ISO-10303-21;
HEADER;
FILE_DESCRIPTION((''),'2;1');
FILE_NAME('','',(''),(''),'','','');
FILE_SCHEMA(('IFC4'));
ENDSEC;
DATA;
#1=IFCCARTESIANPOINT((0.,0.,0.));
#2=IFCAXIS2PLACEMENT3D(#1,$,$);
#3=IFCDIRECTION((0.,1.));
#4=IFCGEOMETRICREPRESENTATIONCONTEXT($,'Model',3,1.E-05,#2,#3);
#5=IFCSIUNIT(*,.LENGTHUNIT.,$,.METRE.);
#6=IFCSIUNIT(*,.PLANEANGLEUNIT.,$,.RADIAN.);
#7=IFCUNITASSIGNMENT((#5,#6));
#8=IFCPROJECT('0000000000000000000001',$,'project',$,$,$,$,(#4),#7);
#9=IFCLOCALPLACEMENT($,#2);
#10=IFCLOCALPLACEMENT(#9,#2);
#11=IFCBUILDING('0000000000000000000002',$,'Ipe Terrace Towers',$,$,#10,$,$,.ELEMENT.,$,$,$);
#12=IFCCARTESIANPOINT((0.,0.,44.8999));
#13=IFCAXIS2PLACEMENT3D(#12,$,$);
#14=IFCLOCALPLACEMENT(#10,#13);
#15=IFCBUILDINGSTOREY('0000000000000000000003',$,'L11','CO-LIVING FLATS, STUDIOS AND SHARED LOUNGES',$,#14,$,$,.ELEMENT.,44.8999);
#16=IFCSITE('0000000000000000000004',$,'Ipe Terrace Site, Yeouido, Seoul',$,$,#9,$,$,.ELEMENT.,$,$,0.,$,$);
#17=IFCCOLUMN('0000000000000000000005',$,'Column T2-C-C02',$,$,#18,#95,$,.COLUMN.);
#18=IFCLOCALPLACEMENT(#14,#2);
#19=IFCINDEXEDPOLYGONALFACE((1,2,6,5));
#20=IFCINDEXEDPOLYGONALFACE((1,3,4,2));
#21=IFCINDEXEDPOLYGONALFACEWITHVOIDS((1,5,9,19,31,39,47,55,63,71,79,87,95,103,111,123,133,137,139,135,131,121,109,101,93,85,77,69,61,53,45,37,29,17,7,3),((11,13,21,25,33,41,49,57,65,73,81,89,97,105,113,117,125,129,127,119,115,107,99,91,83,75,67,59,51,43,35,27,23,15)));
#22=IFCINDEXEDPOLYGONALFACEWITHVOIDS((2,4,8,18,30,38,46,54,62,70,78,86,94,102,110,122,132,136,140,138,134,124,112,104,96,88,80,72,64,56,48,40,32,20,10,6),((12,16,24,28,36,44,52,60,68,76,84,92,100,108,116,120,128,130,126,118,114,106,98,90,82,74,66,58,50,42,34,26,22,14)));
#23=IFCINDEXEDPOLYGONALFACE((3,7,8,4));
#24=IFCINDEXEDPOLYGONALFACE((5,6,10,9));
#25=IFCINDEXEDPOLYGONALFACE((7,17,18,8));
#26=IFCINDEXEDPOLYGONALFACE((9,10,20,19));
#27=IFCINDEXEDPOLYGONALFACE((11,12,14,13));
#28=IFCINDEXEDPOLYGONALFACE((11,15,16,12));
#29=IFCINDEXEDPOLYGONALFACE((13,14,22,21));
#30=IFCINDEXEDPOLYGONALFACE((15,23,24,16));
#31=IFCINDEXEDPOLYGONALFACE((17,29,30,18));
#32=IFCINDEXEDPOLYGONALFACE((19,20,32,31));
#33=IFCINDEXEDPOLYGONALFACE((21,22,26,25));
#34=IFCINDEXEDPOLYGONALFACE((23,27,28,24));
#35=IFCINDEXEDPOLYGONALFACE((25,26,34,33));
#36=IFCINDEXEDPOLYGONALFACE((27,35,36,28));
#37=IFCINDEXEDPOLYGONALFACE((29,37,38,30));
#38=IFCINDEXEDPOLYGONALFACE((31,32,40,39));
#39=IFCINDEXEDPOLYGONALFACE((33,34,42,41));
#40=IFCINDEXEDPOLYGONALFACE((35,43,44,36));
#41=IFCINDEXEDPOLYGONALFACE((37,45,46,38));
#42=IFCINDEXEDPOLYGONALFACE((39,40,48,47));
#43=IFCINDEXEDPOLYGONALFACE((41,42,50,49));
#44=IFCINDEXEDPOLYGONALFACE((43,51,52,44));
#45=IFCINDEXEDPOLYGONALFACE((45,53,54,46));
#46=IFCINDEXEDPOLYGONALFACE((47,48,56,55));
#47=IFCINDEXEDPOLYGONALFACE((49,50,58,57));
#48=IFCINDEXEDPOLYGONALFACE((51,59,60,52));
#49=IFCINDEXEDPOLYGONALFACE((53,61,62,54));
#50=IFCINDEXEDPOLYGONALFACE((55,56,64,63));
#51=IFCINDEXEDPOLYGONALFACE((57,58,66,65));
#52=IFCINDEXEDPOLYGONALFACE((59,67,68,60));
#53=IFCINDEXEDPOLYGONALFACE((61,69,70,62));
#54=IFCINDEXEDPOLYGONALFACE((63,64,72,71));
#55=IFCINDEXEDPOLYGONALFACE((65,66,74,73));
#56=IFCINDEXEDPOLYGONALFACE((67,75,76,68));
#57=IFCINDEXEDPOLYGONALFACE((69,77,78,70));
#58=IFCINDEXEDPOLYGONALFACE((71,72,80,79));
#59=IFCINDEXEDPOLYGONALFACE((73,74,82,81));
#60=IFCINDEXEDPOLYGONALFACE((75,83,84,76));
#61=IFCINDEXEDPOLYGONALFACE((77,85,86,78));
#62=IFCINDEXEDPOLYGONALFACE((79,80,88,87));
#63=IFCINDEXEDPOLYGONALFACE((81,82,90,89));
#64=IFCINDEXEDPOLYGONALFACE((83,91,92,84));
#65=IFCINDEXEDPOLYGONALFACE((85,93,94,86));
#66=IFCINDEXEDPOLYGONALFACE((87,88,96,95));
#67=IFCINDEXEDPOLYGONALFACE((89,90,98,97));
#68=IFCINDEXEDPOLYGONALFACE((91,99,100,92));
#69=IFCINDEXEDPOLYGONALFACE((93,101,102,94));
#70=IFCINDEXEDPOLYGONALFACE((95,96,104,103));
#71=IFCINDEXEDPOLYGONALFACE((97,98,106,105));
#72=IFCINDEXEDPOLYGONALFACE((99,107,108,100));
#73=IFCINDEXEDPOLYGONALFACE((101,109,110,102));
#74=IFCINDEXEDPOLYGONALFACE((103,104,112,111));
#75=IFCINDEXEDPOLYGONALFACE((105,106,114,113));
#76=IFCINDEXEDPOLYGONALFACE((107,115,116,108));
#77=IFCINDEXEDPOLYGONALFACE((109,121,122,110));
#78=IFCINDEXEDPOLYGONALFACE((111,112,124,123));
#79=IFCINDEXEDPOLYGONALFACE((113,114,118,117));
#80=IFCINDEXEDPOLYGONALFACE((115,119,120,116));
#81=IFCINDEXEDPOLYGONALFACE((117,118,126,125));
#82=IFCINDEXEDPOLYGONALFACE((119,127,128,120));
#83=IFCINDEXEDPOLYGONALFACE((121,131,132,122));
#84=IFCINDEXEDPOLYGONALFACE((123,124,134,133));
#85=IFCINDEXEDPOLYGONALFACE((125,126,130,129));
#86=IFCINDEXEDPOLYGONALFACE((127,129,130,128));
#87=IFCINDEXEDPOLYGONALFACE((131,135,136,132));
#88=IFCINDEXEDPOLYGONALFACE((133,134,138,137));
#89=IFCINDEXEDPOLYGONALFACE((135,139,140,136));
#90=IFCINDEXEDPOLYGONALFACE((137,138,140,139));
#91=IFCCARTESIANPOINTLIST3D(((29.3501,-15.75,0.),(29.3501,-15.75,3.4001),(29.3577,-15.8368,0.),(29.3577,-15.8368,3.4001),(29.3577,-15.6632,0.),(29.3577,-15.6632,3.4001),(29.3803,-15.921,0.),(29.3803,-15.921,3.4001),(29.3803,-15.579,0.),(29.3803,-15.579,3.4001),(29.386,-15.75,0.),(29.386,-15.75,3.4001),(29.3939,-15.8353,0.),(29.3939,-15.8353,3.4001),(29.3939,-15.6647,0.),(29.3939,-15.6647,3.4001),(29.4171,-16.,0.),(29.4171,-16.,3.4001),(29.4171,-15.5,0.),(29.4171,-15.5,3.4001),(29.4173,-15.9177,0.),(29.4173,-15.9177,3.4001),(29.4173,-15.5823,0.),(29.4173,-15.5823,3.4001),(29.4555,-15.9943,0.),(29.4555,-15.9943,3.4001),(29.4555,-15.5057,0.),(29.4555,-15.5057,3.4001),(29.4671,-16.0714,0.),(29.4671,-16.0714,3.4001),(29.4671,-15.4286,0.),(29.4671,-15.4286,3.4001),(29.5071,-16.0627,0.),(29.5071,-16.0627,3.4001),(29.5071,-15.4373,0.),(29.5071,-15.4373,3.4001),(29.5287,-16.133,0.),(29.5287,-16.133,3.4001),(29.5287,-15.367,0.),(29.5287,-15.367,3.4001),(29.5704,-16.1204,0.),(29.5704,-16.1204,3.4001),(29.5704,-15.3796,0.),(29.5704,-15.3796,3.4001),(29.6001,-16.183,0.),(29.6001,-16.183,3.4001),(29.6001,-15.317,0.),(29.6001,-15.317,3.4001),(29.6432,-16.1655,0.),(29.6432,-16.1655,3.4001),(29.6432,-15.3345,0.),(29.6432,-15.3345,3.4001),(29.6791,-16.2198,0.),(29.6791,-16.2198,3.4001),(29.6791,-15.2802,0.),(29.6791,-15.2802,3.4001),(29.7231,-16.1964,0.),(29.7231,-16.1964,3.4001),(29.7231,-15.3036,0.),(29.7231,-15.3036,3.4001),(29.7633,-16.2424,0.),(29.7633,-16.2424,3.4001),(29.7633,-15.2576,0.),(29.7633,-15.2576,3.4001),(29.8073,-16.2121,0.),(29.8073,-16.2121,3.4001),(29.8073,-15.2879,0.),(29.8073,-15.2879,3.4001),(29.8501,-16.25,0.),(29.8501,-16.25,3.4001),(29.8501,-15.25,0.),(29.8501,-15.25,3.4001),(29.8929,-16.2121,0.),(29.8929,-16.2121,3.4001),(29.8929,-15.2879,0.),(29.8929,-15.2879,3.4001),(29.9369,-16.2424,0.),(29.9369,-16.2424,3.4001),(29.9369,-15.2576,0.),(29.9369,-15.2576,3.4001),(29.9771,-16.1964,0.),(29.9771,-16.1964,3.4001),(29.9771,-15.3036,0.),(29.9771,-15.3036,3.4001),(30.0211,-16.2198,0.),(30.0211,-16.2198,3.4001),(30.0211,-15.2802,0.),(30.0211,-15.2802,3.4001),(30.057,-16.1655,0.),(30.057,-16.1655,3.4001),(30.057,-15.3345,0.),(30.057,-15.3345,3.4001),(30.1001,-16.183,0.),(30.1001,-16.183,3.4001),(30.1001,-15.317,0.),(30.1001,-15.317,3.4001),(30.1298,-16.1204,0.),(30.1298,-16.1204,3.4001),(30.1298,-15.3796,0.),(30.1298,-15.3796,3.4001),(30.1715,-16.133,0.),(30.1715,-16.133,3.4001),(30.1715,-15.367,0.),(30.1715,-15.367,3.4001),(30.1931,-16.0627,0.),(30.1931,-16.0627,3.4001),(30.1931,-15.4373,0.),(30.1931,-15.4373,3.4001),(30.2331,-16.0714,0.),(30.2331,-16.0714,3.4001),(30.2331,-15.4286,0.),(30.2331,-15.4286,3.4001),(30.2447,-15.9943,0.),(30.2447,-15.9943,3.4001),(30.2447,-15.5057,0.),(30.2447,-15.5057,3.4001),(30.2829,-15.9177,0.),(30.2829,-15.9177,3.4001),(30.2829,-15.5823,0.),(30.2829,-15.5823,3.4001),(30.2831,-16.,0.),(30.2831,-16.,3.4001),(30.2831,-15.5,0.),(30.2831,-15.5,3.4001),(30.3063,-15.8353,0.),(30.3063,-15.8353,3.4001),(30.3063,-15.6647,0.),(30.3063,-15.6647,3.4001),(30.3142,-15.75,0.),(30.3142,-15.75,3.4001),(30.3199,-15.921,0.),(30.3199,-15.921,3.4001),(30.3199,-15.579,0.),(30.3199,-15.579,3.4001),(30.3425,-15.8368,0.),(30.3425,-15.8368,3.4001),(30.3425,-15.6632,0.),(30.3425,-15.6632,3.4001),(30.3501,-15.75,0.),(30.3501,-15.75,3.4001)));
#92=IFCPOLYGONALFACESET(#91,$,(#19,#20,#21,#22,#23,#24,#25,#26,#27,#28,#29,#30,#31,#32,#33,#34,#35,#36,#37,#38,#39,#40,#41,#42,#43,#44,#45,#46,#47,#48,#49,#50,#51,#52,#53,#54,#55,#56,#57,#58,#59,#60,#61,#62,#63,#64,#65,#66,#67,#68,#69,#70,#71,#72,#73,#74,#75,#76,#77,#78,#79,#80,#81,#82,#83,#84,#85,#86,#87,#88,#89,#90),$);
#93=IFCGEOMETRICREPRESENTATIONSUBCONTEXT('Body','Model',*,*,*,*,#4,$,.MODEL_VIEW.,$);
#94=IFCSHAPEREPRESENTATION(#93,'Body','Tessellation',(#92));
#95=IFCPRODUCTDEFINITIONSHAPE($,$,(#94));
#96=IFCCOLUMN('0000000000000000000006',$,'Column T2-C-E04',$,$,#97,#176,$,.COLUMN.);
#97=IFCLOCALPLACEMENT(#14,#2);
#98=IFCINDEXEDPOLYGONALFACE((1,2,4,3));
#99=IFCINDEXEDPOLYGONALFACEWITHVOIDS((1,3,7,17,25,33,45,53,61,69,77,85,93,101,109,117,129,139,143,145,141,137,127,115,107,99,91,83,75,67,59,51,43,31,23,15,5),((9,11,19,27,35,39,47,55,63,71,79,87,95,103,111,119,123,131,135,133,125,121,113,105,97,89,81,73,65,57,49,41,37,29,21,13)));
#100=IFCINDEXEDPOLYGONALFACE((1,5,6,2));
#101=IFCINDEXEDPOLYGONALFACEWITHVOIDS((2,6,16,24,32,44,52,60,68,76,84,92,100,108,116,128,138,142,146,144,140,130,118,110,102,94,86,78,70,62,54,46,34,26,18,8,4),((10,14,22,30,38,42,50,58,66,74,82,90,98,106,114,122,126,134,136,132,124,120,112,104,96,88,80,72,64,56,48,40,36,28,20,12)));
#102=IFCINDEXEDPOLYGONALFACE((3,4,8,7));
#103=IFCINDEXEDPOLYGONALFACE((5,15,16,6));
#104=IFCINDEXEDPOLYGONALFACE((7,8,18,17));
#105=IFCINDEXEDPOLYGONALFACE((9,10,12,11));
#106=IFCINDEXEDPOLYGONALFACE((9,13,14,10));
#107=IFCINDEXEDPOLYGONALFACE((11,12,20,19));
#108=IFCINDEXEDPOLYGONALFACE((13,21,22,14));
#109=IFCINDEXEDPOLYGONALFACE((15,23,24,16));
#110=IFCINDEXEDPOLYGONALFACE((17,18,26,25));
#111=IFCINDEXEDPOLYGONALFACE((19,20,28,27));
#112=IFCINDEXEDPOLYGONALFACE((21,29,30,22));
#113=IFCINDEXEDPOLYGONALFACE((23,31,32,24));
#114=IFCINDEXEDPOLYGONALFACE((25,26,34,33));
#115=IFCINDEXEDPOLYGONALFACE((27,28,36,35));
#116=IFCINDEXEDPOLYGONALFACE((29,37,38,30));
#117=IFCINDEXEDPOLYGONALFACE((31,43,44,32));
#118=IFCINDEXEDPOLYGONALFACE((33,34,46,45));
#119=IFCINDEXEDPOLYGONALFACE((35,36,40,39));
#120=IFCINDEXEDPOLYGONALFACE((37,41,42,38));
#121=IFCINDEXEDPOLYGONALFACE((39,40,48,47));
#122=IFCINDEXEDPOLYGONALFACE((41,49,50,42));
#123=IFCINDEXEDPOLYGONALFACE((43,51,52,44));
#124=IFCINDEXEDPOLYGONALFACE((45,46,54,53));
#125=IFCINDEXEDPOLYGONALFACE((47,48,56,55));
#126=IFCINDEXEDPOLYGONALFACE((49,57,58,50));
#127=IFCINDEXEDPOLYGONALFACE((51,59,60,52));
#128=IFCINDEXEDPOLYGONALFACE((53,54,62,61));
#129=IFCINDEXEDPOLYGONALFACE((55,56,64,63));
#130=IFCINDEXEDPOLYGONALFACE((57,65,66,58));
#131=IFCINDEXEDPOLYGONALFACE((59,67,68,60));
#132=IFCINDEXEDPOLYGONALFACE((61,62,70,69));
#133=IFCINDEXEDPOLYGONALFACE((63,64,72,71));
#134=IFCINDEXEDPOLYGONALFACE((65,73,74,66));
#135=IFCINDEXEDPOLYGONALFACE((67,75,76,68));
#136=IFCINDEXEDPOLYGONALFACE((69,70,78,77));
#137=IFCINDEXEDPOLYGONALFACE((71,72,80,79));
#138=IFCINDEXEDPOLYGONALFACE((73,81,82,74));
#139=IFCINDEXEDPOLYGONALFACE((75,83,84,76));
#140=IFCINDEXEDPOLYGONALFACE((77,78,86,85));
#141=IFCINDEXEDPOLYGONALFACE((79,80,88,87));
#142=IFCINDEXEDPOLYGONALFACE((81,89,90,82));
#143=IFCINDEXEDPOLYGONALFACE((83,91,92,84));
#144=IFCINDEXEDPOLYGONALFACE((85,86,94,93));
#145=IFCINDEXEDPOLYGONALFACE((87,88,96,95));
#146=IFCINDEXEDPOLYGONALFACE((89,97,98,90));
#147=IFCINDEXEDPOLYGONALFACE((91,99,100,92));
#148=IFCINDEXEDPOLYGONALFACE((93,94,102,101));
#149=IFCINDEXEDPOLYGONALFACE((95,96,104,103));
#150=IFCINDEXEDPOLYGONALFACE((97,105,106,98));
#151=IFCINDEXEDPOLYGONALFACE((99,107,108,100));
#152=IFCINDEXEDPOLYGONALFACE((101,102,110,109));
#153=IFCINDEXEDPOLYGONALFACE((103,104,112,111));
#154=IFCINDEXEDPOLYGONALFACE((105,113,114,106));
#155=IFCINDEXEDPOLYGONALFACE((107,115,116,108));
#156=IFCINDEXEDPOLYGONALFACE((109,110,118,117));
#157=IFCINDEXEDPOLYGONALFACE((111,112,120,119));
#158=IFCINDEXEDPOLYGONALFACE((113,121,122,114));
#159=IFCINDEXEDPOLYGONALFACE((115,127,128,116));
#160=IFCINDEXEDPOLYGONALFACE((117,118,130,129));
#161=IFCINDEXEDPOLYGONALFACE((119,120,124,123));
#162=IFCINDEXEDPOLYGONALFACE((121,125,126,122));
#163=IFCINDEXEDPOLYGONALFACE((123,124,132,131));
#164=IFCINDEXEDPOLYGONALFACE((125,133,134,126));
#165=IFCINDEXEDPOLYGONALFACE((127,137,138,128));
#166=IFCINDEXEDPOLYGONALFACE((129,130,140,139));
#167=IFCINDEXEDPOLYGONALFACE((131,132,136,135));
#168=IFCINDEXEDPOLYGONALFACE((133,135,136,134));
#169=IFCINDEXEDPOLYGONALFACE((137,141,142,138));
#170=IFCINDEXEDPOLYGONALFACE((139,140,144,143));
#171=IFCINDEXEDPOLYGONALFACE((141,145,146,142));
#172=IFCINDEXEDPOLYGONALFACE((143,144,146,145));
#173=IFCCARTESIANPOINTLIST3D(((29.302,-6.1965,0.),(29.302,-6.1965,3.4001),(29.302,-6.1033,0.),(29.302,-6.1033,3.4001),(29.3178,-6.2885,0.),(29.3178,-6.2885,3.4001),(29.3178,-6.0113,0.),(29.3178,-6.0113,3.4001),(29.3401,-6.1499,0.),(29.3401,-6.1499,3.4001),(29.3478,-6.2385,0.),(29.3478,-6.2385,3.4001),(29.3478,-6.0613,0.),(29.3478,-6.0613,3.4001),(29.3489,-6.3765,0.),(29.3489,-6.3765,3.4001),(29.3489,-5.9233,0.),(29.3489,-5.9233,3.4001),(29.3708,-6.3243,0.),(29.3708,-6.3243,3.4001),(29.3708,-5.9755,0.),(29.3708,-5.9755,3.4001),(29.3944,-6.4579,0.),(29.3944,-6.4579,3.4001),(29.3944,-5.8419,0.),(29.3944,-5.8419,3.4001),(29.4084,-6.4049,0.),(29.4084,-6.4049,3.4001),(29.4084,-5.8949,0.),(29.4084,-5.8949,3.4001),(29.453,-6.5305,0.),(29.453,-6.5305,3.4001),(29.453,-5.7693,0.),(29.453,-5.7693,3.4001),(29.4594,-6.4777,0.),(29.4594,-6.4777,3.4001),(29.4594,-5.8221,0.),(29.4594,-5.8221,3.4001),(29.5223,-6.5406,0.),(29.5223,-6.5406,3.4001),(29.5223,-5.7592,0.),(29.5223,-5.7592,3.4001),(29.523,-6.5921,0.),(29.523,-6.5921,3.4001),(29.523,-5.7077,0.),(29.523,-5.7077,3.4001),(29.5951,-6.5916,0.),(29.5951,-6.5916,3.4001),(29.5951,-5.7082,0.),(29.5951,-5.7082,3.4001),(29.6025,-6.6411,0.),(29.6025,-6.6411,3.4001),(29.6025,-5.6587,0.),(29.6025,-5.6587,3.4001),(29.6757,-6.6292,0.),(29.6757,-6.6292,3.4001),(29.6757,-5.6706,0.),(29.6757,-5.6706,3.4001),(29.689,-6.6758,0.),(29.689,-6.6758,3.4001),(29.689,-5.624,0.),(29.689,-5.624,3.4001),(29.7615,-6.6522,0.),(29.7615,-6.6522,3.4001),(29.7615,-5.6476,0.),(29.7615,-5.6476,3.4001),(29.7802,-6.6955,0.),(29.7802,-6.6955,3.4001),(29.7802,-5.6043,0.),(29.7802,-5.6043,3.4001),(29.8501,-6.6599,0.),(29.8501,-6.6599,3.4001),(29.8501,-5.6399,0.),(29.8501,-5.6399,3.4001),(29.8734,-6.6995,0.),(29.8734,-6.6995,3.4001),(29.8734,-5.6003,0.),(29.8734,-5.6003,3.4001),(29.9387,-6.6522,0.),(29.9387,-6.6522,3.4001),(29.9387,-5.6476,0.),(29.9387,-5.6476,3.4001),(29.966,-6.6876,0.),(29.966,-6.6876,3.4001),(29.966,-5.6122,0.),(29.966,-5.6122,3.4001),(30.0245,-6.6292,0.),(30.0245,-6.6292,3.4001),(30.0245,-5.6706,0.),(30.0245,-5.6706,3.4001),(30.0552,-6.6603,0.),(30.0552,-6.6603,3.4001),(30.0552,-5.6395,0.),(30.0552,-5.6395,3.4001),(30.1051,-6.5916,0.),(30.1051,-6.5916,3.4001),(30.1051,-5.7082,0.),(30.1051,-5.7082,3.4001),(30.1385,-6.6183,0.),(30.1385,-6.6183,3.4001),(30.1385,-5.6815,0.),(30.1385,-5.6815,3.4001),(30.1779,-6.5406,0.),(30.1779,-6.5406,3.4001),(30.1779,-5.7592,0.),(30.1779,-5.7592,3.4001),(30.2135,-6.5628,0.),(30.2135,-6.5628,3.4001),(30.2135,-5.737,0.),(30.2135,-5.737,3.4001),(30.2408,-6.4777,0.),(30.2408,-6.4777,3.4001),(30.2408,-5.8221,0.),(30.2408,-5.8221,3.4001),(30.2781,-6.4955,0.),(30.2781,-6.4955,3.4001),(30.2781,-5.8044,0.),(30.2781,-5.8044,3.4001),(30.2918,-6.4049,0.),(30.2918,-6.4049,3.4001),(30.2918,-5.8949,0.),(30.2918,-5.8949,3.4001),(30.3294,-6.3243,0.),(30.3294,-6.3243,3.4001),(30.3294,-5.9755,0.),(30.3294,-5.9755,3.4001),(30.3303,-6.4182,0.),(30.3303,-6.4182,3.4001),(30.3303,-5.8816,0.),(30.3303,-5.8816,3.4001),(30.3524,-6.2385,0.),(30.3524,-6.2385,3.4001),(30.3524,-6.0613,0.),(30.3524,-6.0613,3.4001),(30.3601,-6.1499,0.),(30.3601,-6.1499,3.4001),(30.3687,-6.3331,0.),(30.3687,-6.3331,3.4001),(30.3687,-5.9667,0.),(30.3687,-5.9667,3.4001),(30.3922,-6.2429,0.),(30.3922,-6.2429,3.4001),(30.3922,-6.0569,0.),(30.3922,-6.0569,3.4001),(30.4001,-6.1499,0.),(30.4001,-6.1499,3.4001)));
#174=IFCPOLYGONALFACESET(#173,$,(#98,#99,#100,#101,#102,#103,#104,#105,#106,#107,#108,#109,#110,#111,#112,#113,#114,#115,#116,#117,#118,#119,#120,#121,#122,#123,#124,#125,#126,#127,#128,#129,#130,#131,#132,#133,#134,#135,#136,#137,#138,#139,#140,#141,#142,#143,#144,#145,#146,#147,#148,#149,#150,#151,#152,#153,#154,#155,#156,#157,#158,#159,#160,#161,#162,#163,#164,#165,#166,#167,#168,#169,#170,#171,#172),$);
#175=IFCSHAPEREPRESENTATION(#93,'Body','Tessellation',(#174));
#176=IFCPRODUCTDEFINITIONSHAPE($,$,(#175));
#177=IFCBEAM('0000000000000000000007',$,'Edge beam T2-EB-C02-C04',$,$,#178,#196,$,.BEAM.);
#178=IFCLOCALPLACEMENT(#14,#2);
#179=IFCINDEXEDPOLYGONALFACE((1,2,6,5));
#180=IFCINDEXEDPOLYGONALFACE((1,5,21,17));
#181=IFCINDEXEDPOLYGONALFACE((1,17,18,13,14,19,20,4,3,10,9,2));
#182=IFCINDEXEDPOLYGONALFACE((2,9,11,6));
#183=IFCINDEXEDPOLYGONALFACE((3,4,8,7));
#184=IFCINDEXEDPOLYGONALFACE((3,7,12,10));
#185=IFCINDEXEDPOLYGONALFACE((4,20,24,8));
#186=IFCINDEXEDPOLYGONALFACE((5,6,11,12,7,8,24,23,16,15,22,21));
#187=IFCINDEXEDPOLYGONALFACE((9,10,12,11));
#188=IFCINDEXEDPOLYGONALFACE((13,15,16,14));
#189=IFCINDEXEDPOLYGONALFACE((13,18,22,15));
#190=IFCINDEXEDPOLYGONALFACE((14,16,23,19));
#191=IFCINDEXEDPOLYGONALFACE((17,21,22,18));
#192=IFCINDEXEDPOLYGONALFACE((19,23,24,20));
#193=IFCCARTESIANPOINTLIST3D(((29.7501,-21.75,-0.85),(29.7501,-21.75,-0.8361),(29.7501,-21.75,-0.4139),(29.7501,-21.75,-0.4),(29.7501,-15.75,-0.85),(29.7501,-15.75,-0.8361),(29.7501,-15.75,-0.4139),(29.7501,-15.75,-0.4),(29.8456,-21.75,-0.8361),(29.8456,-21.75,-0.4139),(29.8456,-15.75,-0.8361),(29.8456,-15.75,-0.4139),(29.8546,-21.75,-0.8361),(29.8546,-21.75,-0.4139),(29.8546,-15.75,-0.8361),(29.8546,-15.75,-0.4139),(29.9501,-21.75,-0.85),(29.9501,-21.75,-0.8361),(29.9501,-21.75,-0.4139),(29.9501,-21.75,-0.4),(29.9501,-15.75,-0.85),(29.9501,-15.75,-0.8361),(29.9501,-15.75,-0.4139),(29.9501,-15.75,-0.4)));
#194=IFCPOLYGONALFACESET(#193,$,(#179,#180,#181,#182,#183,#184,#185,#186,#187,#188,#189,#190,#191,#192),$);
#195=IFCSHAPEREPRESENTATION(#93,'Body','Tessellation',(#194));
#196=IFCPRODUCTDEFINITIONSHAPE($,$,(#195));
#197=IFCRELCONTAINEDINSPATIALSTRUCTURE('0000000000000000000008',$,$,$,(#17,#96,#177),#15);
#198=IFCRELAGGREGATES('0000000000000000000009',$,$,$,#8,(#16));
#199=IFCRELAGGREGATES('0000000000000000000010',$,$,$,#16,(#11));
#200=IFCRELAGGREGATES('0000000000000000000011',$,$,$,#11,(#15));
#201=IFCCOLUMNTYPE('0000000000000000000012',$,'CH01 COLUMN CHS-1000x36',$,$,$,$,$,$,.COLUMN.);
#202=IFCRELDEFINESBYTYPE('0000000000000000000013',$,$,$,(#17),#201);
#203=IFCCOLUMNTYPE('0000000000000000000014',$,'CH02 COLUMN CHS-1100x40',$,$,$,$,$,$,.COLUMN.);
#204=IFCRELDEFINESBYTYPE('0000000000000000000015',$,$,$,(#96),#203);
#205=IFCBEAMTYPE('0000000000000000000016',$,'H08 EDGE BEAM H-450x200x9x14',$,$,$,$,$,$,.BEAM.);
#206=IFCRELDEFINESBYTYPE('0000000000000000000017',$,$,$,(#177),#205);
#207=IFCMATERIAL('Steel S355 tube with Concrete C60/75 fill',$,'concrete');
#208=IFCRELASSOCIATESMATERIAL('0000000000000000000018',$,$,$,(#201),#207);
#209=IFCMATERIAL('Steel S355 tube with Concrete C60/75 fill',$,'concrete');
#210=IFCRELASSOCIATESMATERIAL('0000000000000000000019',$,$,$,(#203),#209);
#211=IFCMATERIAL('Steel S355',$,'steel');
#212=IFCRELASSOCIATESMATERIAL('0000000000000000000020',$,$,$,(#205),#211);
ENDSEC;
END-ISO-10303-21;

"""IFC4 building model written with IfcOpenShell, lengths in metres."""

from ifc_helpers import new_model, si_unit, direction, frame, origin, origin_2d, place, context, subcontext, project, spatial, hollow_circle, i_section, extrude, material, material_profile, profile_set, type_object, element, save


model = new_model("IFC4")

# Units and contexts
model_context = context("Model", 3, precision=1e-05, world=origin(), true_north=direction((0.0, 1.0)))
body_context = subcontext(model_context, "Body", "Model", "MODEL_VIEW")
ifc_project = project(units=[si_unit("LENGTHUNIT", "METRE"), si_unit("PLANEANGLEUNIT", "RADIAN")], contexts=[model_context])

# Site, building, storey
site_placement = place(None, origin())
site = spatial("IfcSite", under=ifc_project, at=site_placement, Name="Ipe Terrace Site, Yeouido, Seoul", CompositionType="ELEMENT", RefElevation=0.0)
building_placement = place(site_placement, origin())
building = spatial("IfcBuilding", under=site, at=building_placement, Name="Ipe Terrace Towers", CompositionType="ELEMENT")
storey_placement = place(building_placement, frame((0.0, 0.0, 44.8999)))
storey = spatial("IfcBuildingStorey", under=building, at=storey_placement, Name="L11", Description="CO-LIVING FLATS, STUDIOS AND SHARED LOUNGES", CompositionType="ELEMENT", Elevation=44.8999)

# Columns
ifc_material_1 = material(Name="Steel S355 tube with Concrete C60/75 fill", Category="concrete")
ifc_material_profile_1 = material_profile(ifc_material_1, hollow_circle(Radius=0.5, WallThickness=0.0359, at=origin_2d()), Name="CHS-1000x36")
ifc_profile_set_1 = profile_set([ifc_material_profile_1], Name="Steel S355 tube with Concrete C60/75 fill")
column_type_1 = type_object("IfcColumnType", Name="CH01 COLUMN CHS-1000x36", PredefinedType="COLUMN", material=ifc_profile_set_1)
column_1_placement = place(storey_placement, frame((29.8501, -15.75, 0.0), z_axis=(0.0, 0.0, 1.0), x_axis=(1.0, 0.0, 0.0)))
element("IfcColumn", 1, at=column_1_placement, inside=storey, type_object=column_type_1, Name="Column T2-C-C02", PredefinedType="COLUMN", context=body_context, shape_type="SweptSolid", body=[
    extrude(hollow_circle(Radius=0.5, WallThickness=0.0359, at=origin_2d()), origin(), (0.0, 0.0, 1.0), 3.4001),
])
ifc_material_2 = material(Name="Steel S355 tube with Concrete C60/75 fill", Category="concrete")
ifc_material_profile_2 = material_profile(ifc_material_2, hollow_circle(Radius=0.55, WallThickness=0.04, at=origin_2d()), Name="CHS-1100x40")
ifc_profile_set_2 = profile_set([ifc_material_profile_2], Name="Steel S355 tube with Concrete C60/75 fill")
column_type_2 = type_object("IfcColumnType", Name="CH02 COLUMN CHS-1100x40", PredefinedType="COLUMN", material=ifc_profile_set_2)
column_2_placement = place(storey_placement, frame((29.8501, -6.1499, 0.0), z_axis=(0.0, 0.0, 1.0), x_axis=(1.0, 0.0, 0.0)))
element("IfcColumn", 2, at=column_2_placement, inside=storey, type_object=column_type_2, Name="Column T2-C-E04", PredefinedType="COLUMN", context=body_context, shape_type="SweptSolid", body=[
    extrude(hollow_circle(Radius=0.55, WallThickness=0.04, at=origin_2d()), origin(), (0.0, 0.0, 1.0), 3.4001),
])

# Beam
ifc_material_3 = material(Name="Steel S355", Category="steel")
ifc_material_profile_3 = material_profile(ifc_material_3, i_section(OverallWidth=0.2, OverallDepth=0.45, WebThickness=0.009, FlangeThickness=0.0139, at=origin_2d()), Name="H-450x200x9x14")
ifc_profile_set_3 = profile_set([ifc_material_profile_3], Name="Steel S355")
beam_type = type_object("IfcBeamType", Name="H08 EDGE BEAM H-450x200x9x14", PredefinedType="BEAM", material=ifc_profile_set_3)
beam_placement = place(storey_placement, frame((29.8501, -15.75, -0.625), z_axis=(0.0, -1.0, 0.0), x_axis=(1.0, 0.0, 0.0)))
element("IfcBeam", 3, at=beam_placement, inside=storey, type_object=beam_type, Name="Edge beam T2-EB-C02-C04", PredefinedType="BEAM", context=body_context, shape_type="SweptSolid", body=[
    extrude(i_section(OverallWidth=0.2, OverallDepth=0.45, WebThickness=0.009, FlangeThickness=0.0139, at=origin_2d()), origin(), (0.0, 0.0, 1.0), 6.0),
])

save(model, "model.ifc")
